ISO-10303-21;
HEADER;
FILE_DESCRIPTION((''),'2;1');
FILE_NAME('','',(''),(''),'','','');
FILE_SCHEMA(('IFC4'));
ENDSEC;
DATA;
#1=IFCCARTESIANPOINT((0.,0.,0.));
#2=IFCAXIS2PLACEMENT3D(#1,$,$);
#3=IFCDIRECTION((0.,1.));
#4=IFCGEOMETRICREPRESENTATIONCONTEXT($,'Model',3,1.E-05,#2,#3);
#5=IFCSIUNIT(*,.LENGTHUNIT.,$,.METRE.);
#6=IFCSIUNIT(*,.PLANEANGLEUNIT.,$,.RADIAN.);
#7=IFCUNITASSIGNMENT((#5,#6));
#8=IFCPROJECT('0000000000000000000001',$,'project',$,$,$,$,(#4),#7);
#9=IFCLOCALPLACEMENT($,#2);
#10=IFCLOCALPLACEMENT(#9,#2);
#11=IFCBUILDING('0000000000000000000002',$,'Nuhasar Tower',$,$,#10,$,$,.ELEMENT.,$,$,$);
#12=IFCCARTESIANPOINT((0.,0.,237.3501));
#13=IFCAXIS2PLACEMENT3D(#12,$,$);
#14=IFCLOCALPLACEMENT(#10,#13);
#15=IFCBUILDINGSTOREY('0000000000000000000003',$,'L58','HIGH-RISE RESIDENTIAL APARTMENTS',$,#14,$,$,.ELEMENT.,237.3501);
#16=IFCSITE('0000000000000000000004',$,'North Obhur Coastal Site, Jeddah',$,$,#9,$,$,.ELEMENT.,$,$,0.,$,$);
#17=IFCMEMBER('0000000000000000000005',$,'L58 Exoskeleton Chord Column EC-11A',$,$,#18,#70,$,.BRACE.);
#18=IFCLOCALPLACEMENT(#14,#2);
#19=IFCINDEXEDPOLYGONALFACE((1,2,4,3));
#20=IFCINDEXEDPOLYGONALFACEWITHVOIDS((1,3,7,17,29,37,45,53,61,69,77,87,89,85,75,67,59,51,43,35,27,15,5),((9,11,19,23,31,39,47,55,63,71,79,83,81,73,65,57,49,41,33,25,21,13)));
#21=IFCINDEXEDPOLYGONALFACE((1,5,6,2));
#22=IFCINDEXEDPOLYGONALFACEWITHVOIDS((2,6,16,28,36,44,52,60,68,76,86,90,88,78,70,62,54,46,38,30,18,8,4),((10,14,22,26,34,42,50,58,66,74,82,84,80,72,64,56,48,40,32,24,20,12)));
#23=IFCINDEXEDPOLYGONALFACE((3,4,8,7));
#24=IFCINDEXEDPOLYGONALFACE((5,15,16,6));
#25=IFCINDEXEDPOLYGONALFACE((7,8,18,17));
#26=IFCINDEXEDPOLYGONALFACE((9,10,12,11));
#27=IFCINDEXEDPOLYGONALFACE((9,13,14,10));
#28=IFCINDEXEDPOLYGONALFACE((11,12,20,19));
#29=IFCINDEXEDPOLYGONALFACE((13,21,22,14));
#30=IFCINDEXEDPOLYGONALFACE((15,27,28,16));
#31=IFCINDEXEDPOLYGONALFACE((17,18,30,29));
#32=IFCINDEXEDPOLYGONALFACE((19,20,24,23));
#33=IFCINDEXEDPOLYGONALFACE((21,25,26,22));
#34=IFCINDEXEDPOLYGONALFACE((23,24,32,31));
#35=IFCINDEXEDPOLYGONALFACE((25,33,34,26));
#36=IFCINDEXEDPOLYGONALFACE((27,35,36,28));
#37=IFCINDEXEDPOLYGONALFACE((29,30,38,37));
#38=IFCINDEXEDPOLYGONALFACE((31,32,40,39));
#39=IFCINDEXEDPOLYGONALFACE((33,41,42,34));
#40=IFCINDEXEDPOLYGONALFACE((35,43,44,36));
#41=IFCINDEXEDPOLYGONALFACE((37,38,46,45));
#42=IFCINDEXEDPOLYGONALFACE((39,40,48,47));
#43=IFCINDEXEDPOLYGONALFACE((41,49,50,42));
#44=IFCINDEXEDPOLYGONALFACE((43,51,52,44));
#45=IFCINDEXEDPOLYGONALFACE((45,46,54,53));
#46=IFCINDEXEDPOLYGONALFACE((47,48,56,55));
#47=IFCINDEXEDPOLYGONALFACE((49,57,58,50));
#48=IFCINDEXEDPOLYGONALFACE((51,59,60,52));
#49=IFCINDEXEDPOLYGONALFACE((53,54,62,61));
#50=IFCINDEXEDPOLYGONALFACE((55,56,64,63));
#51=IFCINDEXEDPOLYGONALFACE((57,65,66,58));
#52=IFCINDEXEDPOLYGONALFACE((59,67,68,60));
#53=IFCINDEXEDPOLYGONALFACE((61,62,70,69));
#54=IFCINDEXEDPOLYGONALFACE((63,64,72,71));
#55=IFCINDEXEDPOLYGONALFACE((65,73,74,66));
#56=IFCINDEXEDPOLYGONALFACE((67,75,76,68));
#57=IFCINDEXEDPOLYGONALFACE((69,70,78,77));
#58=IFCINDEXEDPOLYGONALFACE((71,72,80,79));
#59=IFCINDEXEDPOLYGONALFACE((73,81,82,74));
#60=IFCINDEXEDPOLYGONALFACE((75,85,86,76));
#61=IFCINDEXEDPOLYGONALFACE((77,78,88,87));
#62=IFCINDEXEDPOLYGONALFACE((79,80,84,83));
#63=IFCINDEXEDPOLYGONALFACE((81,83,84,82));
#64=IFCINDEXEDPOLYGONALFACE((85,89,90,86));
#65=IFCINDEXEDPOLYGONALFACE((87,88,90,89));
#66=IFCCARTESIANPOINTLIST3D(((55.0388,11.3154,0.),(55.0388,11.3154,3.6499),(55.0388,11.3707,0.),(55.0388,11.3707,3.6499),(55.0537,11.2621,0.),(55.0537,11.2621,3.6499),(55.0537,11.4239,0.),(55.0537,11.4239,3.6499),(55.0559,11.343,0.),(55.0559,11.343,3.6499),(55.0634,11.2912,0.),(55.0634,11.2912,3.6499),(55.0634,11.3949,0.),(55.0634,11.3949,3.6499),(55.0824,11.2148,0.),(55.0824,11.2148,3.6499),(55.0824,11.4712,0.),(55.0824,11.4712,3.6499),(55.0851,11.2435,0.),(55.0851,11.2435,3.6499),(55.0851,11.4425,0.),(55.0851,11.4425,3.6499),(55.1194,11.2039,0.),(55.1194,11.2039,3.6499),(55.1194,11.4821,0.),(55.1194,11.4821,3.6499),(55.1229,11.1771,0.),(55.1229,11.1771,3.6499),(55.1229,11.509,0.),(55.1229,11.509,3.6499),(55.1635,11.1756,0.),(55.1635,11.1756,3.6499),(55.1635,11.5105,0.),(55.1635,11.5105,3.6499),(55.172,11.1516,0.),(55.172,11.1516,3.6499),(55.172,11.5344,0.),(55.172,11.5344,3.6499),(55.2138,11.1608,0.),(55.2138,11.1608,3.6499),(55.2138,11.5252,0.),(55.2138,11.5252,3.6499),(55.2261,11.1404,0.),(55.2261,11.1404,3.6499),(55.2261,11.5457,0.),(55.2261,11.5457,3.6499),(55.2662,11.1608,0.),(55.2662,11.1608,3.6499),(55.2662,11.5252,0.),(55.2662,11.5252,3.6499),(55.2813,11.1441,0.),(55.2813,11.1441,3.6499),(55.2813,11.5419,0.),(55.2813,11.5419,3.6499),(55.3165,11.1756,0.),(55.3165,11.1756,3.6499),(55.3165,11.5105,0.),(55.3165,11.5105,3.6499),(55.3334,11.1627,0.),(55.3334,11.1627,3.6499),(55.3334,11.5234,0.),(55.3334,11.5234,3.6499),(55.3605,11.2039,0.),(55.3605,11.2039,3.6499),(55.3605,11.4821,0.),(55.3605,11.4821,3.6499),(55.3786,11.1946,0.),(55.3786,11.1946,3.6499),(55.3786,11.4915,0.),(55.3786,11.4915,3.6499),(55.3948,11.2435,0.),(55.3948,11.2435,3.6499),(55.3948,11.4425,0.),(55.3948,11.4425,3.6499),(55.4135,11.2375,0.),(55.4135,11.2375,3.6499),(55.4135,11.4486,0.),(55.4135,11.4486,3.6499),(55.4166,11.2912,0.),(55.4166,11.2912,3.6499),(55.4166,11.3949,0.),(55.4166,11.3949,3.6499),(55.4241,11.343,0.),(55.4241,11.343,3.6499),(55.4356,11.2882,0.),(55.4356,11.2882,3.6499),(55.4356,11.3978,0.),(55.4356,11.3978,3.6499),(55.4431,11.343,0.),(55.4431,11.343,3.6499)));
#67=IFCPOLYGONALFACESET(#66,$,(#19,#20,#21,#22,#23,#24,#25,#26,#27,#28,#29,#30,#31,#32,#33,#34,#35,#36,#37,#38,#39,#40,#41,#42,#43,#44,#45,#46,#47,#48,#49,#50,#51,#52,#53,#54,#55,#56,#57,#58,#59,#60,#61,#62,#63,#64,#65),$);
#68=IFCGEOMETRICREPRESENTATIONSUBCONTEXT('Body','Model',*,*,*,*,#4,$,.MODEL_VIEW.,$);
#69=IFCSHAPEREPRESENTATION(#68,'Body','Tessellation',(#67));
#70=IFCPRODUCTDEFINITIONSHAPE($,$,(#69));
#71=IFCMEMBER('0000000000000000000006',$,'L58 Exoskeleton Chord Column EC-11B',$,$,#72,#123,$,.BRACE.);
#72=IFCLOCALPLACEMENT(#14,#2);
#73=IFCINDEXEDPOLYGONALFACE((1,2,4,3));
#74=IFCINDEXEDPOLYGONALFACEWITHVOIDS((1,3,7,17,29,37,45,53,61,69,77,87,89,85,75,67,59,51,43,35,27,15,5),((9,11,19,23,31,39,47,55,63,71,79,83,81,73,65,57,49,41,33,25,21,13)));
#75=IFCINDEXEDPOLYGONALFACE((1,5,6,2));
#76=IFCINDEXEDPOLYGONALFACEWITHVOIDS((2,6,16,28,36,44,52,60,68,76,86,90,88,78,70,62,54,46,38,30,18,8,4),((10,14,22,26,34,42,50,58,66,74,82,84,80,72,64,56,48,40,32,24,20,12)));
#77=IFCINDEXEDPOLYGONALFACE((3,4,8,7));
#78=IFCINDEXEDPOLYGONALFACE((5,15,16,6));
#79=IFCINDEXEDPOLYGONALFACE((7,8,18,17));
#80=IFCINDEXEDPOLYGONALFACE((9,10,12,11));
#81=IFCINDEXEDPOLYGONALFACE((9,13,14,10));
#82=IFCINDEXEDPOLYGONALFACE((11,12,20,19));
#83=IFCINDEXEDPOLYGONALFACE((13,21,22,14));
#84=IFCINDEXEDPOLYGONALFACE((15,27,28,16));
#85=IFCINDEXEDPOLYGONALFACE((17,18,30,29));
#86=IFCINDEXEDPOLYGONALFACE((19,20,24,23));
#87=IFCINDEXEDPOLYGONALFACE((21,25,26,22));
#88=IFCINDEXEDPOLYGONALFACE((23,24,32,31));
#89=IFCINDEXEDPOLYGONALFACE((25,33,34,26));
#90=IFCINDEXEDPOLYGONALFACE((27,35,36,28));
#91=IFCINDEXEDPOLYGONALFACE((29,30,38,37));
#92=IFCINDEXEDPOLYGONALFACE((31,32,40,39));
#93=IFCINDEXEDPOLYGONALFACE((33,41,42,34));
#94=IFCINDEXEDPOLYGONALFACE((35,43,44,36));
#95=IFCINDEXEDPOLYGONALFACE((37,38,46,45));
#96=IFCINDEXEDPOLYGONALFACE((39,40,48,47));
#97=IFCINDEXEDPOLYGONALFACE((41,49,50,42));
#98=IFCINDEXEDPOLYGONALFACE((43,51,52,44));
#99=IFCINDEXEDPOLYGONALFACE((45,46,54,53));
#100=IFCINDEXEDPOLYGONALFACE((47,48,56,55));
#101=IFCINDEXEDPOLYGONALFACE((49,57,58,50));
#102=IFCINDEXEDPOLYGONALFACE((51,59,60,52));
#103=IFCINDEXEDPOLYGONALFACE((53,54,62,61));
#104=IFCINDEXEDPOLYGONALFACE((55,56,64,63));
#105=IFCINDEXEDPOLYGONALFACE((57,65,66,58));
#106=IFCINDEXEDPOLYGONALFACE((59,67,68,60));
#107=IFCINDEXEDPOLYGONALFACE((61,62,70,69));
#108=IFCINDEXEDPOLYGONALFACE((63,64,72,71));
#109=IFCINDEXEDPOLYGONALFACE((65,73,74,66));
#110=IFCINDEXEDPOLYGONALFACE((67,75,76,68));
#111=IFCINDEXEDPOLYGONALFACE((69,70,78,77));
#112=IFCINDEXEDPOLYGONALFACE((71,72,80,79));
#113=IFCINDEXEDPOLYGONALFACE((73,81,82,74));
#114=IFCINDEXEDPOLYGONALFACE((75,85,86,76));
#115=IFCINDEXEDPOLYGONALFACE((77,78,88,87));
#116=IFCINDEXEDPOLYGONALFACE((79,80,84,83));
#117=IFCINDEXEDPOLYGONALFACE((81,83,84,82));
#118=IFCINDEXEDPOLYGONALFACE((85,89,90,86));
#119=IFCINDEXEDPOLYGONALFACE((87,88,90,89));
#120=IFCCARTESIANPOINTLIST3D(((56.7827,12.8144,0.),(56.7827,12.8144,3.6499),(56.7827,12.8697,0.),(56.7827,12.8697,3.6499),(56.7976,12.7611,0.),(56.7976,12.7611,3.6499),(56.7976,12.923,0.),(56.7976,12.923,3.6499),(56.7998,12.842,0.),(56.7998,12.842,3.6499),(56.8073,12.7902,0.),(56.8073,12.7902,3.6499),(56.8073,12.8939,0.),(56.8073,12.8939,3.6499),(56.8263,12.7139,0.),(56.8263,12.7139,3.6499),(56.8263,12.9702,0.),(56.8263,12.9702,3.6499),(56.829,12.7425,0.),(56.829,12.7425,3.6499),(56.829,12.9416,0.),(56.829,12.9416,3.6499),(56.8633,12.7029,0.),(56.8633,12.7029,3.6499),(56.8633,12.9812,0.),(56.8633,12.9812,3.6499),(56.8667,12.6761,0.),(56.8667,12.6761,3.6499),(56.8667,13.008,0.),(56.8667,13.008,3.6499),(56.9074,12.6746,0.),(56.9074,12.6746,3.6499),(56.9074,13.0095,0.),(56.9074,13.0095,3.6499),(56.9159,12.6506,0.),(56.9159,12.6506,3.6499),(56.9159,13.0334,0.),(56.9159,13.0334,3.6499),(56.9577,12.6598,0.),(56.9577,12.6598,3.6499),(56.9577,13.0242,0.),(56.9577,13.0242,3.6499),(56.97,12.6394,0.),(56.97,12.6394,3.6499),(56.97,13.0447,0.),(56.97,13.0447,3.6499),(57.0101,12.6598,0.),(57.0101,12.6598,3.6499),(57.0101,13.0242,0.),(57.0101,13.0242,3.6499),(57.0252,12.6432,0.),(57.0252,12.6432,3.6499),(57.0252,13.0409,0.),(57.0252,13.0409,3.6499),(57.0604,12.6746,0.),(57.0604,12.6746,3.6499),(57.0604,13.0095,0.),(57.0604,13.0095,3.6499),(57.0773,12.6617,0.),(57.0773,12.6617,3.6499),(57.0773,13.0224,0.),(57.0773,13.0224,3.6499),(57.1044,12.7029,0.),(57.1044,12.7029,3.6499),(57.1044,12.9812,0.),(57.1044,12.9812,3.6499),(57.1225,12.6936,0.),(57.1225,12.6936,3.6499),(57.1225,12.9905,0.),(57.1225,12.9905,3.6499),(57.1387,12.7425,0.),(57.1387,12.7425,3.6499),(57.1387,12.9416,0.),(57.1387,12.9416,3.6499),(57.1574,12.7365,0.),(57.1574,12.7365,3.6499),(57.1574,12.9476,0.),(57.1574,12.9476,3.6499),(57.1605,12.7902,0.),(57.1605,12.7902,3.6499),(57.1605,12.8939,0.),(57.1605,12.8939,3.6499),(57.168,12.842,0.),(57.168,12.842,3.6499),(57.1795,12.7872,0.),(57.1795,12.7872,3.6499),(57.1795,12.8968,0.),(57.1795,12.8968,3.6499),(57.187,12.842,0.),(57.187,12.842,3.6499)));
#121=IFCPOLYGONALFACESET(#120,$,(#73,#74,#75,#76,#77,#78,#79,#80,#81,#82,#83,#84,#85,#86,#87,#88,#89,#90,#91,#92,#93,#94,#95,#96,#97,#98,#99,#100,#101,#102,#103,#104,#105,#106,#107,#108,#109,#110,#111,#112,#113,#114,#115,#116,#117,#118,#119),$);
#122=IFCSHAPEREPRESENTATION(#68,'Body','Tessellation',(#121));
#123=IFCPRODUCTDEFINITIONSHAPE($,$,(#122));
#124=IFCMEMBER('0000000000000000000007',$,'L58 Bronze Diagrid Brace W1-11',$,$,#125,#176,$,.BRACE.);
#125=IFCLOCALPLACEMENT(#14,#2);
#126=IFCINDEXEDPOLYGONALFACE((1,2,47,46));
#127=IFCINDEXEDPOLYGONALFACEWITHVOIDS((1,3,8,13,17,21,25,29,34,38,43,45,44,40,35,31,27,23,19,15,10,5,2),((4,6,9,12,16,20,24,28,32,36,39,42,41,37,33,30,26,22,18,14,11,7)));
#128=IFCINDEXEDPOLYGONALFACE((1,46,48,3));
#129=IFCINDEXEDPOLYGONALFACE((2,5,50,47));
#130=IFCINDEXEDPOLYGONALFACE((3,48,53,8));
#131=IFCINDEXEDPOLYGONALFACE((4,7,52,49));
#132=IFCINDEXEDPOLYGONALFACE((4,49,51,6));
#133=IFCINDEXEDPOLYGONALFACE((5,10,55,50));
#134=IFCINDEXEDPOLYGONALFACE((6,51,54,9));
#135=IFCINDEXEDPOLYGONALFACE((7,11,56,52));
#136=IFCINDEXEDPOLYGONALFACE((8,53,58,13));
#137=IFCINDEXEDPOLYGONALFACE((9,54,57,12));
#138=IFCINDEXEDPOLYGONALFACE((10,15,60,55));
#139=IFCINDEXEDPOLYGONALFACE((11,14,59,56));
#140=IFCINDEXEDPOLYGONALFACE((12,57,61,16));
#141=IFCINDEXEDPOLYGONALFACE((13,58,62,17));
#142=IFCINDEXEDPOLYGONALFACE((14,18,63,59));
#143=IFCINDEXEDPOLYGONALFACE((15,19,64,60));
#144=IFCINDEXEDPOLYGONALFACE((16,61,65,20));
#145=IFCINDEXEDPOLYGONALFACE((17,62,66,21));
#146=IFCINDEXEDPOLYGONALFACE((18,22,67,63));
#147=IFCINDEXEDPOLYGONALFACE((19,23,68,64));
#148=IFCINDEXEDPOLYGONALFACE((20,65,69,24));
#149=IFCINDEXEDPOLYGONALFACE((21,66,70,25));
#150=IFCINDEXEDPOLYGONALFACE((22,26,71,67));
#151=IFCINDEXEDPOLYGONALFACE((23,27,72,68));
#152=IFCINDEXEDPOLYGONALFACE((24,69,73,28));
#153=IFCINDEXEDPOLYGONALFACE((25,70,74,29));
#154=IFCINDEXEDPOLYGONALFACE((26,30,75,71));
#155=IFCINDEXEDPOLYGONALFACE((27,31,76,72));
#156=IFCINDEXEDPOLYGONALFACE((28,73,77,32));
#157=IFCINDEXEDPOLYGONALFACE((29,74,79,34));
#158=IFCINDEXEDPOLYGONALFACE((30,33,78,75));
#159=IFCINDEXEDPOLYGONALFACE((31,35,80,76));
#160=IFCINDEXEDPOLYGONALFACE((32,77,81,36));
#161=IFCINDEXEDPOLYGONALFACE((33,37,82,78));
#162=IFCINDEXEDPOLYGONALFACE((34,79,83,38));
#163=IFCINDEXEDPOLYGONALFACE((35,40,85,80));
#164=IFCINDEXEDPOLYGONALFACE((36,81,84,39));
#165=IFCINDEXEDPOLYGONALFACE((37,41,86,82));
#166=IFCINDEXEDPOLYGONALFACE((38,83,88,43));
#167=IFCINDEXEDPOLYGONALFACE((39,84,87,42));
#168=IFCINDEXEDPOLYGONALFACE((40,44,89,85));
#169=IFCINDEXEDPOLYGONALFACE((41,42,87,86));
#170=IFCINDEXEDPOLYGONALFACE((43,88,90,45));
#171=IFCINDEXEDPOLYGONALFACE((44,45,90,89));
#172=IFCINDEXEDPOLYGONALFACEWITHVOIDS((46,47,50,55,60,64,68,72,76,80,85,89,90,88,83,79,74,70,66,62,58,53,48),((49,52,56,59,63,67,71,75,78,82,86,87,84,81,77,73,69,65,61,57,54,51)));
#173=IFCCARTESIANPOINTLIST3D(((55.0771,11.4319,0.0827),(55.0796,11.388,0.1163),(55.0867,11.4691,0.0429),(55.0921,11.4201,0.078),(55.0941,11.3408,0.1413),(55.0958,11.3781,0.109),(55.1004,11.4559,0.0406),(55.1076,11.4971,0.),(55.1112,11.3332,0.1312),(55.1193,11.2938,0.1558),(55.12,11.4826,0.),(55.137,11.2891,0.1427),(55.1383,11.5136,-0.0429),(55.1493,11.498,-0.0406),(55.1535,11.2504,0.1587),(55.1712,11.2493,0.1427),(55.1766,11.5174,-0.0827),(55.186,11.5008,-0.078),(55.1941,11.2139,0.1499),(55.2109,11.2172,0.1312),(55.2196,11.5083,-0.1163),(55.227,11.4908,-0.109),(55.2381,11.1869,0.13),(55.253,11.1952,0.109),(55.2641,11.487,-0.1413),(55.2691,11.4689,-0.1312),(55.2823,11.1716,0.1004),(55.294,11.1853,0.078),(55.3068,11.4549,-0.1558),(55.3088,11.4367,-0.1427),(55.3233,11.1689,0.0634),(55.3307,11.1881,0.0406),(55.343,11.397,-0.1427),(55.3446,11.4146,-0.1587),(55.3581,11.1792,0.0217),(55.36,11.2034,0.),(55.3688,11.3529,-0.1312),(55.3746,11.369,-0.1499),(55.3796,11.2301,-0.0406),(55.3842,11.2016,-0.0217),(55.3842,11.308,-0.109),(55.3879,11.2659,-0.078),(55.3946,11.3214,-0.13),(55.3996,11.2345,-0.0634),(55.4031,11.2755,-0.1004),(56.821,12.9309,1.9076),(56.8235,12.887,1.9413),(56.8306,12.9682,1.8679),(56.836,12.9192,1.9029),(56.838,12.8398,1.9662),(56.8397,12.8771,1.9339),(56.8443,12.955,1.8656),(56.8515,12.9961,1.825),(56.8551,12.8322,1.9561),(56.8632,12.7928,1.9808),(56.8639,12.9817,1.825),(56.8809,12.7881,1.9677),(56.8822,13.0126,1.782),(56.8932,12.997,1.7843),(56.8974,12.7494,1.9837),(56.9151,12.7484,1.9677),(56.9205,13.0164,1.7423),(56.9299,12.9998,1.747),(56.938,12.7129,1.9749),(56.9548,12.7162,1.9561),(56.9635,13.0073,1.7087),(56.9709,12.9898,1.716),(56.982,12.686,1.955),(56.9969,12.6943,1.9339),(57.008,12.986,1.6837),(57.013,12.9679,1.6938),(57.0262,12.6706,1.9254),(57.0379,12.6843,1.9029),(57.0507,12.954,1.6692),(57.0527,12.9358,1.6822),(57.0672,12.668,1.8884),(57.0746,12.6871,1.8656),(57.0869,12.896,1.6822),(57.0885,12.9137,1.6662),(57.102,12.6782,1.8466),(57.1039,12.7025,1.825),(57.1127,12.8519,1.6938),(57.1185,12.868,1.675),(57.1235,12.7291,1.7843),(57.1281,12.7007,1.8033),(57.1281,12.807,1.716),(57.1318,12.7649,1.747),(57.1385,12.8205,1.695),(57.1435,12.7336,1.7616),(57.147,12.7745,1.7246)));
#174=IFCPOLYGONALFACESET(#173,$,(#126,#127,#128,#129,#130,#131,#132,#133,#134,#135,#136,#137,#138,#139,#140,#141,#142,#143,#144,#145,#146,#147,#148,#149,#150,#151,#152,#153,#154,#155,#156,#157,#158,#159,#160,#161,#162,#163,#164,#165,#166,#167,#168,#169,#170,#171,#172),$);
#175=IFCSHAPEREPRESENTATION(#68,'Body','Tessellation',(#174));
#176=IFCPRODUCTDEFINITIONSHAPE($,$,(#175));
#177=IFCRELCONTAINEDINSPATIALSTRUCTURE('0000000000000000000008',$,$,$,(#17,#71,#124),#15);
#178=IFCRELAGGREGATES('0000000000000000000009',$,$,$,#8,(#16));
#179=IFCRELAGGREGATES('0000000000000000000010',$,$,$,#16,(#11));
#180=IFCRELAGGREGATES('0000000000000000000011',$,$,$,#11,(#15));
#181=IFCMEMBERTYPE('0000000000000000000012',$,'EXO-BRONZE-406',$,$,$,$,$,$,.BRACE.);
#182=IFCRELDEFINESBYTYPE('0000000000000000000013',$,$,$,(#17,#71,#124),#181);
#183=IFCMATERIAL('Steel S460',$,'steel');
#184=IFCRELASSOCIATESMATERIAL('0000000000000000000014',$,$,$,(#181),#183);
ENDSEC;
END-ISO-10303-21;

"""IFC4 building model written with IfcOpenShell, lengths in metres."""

from ifc_helpers import new_model, si_unit, direction, frame, origin, origin_2d, place, context, subcontext, project, spatial, hollow_circle, extrude, material, material_profile, profile_set, type_object, element, save


model = new_model("IFC4")

# Units and contexts
model_context = context("Model", 3, precision=1e-05, world=origin(), true_north=direction((0.0, 1.0)))
body_context = subcontext(model_context, "Body", "Model", "MODEL_VIEW")
ifc_project = project(units=[si_unit("LENGTHUNIT", "METRE"), si_unit("PLANEANGLEUNIT", "RADIAN")], contexts=[model_context])

# Site, building, storey
site_placement = place(None, origin())
site = spatial("IfcSite", under=ifc_project, at=site_placement, Name="North Obhur Coastal Site, Jeddah", CompositionType="ELEMENT", RefElevation=0.0)
building_placement = place(site_placement, origin())
building = spatial("IfcBuilding", under=site, at=building_placement, Name="Nuhasar Tower", CompositionType="ELEMENT")
storey_placement = place(building_placement, frame((0.0, 0.0, 237.3501)))
storey = spatial("IfcBuildingStorey", under=building, at=storey_placement, Name="L58", Description="HIGH-RISE RESIDENTIAL APARTMENTS", CompositionType="ELEMENT", Elevation=237.3501)

# Members
ifc_material_1 = material(Name="Steel S460", Category="steel")
ifc_material_profile_1 = material_profile(ifc_material_1, hollow_circle(Radius=0.2031, WallThickness=0.019, at=origin_2d()), Name="HSS406.4X19.1")
ifc_profile_set_1 = profile_set([ifc_material_profile_1], Name="Steel S460")
member_type_1 = type_object("IfcMemberType", Name="EXO-BRONZE-406", PredefinedType="BRACE", material=ifc_profile_set_1)
for number, where, z_axis, x_axis, name in (
    (1, (55.24, 11.343, 0.0), (0.0, 0.0, 1.0), (1.0, 0.0, 0.0), "L58 Exoskeleton Chord Column EC-11A"),
    (2, (56.9839, 12.842, 0.0), (0.0, 0.0, 1.0), (1.0, 0.0, 0.0), "L58 Exoskeleton Chord Column EC-11B"),
):
    element("IfcMember", number, at=place(storey_placement, frame(where, z_axis=z_axis, x_axis=x_axis)), inside=storey, type_object=member_type_1, Name=name, PredefinedType="BRACE", context=body_context, shape_type="SweptSolid", body=[
        extrude(hollow_circle(Radius=0.2031, WallThickness=0.019, at=origin_2d()), origin(), (0.0, 0.0, 1.0), 3.6499),
    ])
for number, where, z_axis, x_axis, name in (
    (3, (55.24, 11.343, 0.0), (0.594019, 0.510608, 0.621628), (-0.651857, 0.758342, 0.0), "L58 Bronze Diagrid Brace W1-11"),
):
    element("IfcMember", number, at=place(storey_placement, frame(where, z_axis=z_axis, x_axis=x_axis)), inside=storey, type_object=member_type_1, Name=name, PredefinedType="BRACE", context=body_context, shape_type="SweptSolid", body=[
        extrude(hollow_circle(Radius=0.2031, WallThickness=0.019, at=origin_2d()), origin(), (0.0, 0.0, 1.0), 2.9358),
    ])

save(model, "model.ifc")
